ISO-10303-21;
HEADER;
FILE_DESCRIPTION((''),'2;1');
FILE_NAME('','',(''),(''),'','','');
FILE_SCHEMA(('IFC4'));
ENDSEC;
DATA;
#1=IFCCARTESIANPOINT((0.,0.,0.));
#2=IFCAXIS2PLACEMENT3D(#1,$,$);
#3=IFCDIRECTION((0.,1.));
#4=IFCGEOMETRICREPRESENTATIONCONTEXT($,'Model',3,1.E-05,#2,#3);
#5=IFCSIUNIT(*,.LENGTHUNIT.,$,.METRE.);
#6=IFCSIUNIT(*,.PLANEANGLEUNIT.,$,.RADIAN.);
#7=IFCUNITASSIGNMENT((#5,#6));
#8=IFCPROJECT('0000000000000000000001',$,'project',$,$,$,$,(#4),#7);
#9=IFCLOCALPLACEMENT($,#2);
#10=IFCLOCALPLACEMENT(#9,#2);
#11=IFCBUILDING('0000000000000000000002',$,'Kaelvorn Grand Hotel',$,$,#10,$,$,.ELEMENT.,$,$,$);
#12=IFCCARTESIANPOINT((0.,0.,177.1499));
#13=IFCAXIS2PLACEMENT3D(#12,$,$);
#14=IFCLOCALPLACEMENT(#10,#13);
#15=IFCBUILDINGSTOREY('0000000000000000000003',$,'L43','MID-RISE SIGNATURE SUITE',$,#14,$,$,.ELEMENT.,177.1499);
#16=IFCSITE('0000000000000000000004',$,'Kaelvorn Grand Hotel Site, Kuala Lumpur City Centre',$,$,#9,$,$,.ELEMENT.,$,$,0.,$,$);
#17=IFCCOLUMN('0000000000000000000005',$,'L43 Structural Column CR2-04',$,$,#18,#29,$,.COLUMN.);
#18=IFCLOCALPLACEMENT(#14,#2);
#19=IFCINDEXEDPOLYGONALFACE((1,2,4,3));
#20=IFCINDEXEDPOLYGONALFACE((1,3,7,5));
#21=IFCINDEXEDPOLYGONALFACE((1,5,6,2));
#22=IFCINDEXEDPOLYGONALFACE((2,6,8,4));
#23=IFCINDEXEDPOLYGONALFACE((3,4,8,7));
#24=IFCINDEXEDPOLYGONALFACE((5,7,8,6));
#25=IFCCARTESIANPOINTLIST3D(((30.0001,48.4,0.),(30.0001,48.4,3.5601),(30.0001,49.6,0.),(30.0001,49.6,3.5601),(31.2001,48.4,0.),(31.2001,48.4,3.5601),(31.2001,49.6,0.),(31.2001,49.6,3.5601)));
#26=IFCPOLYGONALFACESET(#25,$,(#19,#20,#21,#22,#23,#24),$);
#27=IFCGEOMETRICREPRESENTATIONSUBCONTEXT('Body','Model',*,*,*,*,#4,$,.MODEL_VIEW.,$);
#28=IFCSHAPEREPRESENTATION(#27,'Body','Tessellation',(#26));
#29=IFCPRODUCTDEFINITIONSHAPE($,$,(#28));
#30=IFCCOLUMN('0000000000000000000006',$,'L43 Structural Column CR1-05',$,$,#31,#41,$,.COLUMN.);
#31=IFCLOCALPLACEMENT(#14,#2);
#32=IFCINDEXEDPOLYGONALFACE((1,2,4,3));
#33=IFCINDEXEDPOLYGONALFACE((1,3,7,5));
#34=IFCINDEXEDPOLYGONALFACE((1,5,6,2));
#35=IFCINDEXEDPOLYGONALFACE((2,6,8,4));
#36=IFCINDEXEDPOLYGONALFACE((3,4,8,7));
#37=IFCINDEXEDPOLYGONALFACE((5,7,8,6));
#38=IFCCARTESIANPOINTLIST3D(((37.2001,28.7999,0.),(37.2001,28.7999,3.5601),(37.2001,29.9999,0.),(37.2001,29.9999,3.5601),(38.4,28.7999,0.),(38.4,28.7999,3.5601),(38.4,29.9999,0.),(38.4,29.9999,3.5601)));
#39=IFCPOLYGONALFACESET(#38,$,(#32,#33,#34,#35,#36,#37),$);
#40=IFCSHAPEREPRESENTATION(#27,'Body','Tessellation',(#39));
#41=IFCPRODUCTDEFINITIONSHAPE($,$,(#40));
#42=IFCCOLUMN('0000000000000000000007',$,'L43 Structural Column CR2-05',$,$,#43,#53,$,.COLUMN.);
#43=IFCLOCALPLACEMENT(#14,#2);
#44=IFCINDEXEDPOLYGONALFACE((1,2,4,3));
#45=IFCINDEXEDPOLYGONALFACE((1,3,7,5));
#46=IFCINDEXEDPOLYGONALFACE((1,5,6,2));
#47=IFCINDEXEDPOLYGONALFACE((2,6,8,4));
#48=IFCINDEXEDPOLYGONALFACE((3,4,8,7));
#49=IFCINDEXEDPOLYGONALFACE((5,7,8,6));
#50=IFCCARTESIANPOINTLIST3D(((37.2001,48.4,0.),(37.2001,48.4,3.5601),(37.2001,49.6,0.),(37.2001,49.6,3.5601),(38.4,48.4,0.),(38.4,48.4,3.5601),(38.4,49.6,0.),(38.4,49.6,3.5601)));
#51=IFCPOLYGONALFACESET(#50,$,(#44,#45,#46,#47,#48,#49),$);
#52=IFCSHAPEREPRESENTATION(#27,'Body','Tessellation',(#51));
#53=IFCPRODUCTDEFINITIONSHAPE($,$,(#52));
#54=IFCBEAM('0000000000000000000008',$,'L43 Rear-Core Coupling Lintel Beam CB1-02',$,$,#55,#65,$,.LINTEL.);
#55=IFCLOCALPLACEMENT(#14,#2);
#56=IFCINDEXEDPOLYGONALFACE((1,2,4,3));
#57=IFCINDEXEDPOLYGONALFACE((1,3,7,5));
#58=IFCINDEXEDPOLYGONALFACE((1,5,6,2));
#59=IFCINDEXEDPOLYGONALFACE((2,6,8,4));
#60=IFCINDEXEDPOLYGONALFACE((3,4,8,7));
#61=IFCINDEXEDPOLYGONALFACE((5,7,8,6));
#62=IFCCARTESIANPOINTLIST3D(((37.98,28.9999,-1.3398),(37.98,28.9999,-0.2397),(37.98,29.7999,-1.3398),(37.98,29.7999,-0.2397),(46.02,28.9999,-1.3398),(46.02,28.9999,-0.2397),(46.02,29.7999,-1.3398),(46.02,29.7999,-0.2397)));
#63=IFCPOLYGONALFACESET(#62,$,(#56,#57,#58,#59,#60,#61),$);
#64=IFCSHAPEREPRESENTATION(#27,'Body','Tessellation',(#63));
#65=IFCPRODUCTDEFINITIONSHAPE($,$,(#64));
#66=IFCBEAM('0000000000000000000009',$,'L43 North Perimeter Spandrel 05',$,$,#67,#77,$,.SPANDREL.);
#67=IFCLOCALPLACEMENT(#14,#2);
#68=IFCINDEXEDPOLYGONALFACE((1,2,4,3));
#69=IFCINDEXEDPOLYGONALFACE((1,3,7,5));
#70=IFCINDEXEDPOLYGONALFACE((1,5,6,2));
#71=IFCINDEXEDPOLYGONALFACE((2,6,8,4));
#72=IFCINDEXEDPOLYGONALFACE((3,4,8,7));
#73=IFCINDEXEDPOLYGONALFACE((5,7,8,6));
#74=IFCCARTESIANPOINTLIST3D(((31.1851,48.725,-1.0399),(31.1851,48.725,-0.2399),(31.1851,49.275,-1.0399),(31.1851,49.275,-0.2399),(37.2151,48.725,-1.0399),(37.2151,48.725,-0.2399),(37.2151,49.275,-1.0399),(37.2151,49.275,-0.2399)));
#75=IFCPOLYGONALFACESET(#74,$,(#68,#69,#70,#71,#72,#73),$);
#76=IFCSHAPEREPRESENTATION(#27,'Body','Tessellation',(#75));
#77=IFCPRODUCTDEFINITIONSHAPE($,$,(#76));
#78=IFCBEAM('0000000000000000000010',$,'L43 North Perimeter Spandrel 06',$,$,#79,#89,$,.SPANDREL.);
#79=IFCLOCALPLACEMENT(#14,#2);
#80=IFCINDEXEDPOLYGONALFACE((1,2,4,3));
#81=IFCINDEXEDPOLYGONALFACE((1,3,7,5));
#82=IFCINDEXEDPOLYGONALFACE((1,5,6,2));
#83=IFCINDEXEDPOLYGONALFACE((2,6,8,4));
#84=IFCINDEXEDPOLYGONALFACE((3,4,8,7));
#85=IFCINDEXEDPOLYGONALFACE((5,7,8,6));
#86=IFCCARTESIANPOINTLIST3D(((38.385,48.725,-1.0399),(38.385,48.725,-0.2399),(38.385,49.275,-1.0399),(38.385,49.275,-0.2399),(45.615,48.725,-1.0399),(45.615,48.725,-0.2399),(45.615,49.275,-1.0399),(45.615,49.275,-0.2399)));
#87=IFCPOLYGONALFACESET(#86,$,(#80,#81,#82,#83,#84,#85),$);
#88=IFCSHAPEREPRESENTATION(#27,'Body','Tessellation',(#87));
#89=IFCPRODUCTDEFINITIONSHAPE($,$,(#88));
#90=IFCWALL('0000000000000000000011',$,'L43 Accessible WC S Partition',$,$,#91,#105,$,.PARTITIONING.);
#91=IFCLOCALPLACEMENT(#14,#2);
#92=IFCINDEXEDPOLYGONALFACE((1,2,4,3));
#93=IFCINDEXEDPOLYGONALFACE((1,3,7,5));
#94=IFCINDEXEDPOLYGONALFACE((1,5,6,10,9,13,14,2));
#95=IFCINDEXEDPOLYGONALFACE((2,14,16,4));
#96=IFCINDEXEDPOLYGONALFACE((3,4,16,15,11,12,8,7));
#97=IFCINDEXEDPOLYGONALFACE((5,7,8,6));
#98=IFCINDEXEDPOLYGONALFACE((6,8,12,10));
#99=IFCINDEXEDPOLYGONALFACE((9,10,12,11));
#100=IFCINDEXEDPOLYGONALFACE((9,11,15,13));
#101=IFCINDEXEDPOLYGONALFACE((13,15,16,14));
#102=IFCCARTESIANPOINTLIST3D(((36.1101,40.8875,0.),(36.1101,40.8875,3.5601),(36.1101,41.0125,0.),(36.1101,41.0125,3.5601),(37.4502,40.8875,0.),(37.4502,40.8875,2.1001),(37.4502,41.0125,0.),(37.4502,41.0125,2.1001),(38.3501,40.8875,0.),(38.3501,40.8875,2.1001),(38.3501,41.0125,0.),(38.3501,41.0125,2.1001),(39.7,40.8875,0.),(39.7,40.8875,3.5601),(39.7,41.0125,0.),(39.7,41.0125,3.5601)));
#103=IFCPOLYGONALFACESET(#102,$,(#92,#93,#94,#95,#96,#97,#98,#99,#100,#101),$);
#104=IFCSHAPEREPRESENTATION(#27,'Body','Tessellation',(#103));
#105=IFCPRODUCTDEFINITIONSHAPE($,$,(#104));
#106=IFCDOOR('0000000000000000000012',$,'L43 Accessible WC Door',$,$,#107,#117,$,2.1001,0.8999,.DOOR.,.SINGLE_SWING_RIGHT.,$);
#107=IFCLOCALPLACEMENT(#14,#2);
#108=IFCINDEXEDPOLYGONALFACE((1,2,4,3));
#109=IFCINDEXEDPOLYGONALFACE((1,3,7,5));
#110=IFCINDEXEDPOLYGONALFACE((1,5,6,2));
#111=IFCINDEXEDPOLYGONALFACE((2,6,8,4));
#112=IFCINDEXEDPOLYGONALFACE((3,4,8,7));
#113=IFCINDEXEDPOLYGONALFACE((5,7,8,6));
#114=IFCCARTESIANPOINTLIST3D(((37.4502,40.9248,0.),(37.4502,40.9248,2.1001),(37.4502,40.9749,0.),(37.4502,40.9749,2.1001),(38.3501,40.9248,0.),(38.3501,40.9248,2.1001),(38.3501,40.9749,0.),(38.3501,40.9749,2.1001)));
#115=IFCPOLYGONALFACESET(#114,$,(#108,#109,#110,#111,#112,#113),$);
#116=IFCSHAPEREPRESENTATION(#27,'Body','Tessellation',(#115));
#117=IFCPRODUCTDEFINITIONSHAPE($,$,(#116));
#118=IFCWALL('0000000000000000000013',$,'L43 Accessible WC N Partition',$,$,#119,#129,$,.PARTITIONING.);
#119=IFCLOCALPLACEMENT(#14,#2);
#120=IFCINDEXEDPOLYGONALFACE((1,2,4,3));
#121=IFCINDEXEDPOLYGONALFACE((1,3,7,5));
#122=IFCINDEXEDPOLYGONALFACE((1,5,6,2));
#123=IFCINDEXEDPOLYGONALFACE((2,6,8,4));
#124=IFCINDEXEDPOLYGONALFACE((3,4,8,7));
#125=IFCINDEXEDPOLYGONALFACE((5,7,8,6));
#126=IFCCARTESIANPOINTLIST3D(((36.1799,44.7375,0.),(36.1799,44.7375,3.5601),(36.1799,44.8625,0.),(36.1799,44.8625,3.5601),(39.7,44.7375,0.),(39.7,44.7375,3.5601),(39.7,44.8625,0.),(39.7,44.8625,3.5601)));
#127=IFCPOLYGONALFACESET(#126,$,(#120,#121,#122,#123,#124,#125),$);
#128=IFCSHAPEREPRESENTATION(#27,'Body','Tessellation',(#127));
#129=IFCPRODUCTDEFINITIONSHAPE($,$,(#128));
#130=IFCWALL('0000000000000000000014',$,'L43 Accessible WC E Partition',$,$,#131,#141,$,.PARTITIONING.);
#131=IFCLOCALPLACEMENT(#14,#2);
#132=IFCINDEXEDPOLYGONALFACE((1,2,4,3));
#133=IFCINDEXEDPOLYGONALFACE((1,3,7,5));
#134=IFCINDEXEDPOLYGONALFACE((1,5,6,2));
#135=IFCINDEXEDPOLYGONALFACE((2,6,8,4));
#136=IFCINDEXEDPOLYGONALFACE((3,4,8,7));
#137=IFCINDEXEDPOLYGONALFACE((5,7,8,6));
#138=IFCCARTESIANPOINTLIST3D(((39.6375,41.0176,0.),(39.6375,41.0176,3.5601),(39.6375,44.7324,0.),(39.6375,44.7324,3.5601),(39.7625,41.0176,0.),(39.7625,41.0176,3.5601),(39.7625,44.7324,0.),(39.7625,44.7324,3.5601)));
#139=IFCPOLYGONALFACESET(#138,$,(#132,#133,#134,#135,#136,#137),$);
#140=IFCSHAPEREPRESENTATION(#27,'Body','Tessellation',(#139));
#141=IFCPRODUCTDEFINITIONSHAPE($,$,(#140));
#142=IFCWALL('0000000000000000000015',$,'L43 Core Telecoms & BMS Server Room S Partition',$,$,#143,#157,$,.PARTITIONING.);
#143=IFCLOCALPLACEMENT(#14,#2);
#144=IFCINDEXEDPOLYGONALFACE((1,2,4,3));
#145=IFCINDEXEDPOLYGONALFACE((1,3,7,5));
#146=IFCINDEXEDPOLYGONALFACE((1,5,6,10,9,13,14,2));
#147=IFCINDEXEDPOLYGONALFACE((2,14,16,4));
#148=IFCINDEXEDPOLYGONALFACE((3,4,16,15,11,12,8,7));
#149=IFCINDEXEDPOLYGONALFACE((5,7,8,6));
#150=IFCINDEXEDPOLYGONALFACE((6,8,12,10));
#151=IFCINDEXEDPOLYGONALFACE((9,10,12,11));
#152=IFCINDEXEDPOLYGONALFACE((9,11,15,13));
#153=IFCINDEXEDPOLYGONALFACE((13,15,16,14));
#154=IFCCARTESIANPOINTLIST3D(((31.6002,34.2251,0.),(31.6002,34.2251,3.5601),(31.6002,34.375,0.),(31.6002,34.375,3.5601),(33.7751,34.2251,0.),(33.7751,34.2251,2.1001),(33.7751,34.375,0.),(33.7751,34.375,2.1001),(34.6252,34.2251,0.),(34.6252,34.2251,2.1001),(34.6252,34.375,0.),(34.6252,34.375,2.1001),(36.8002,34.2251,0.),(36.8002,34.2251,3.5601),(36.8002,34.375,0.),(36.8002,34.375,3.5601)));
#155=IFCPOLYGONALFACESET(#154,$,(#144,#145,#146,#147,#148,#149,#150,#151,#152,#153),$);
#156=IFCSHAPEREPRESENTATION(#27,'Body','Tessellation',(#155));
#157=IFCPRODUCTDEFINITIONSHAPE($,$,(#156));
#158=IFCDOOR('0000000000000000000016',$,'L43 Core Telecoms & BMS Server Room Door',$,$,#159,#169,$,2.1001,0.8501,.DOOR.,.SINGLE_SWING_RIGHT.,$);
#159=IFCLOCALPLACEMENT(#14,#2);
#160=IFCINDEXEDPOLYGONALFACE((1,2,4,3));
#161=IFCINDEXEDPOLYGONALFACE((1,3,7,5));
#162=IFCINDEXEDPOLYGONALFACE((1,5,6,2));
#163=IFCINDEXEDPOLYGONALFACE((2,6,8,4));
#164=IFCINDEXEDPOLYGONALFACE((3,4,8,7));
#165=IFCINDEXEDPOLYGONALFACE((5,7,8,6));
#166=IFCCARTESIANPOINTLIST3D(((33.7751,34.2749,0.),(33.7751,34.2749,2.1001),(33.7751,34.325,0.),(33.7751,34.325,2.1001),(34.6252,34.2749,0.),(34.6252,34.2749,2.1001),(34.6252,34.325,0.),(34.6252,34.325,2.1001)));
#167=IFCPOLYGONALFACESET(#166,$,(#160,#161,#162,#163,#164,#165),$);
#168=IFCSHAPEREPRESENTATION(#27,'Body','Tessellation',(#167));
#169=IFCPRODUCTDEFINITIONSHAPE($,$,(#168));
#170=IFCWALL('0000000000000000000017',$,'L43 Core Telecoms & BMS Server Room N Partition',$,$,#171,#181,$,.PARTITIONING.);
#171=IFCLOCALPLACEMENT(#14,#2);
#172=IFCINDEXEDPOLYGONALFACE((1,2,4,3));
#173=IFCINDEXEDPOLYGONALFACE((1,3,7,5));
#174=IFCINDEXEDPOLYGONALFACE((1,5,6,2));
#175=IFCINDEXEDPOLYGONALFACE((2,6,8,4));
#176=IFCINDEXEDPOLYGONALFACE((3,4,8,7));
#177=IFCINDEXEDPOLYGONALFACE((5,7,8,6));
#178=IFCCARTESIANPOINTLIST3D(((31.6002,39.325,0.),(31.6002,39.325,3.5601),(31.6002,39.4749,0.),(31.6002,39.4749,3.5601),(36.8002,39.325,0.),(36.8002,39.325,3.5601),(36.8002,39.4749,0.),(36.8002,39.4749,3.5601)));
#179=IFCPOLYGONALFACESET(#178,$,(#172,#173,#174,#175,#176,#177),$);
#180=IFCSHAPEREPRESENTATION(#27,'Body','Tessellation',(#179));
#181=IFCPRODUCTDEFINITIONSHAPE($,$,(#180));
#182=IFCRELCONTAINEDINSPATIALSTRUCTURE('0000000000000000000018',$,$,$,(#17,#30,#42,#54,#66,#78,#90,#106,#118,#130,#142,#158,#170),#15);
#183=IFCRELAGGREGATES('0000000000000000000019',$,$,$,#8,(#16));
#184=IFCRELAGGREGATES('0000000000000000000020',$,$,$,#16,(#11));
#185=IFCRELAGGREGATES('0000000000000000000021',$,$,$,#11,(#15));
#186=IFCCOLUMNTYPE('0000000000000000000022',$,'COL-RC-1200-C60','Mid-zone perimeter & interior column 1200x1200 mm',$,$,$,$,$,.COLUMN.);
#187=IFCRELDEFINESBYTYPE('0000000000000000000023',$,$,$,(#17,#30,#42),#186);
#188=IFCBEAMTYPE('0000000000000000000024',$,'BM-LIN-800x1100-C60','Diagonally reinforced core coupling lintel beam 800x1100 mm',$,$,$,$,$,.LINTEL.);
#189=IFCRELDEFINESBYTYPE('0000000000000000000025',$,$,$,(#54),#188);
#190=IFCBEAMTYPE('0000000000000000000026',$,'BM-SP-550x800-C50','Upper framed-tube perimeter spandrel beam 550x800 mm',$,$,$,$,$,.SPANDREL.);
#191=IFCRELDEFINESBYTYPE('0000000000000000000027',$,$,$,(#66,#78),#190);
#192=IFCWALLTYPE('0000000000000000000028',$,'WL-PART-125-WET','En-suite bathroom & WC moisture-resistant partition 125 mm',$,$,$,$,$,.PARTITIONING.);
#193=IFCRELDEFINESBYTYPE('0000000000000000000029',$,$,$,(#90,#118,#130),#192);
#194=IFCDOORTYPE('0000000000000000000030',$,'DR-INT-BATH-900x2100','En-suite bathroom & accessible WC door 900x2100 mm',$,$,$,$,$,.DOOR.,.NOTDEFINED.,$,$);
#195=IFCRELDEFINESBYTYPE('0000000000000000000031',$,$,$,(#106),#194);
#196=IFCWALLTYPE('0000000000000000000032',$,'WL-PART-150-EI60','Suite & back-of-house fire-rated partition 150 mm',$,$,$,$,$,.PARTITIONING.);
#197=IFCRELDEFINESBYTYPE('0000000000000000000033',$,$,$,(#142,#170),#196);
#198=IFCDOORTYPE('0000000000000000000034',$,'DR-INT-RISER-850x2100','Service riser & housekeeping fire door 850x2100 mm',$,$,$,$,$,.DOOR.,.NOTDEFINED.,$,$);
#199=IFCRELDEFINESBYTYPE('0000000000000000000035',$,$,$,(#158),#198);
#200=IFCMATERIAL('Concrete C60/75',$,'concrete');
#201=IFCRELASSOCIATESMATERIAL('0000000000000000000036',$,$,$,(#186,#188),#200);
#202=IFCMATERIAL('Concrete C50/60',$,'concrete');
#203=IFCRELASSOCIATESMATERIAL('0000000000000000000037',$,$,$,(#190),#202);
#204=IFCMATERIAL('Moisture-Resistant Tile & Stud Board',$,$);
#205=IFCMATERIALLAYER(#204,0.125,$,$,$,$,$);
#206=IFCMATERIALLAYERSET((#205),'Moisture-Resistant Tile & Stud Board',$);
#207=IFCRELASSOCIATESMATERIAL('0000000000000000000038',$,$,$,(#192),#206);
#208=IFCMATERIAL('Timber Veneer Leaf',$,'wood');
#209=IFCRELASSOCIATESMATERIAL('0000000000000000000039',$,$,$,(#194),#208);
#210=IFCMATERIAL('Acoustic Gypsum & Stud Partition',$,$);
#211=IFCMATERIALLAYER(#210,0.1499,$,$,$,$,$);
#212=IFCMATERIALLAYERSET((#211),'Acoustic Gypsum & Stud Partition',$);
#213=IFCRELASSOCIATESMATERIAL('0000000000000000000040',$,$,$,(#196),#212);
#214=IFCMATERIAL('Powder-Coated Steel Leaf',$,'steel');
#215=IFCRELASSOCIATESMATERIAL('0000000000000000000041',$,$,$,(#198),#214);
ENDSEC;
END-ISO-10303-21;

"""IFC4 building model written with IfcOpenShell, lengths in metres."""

from ifc_helpers import new_model, si_unit, direction, frame, frame_2d, origin, origin_2d, place, context, subcontext, project, spatial, rectangle, extrude, material, layer, layer_set, material_profile, profile_set, type_object, element, fill, save


model = new_model("IFC4")

# Units and contexts
model_context = context("Model", 3, precision=1e-05, world=origin(), true_north=direction((0.0, 1.0)))
body_context = subcontext(model_context, "Body", "Model", "MODEL_VIEW")
ifc_project = project(units=[si_unit("LENGTHUNIT", "METRE"), si_unit("PLANEANGLEUNIT", "RADIAN")], contexts=[model_context])

# Site, building, storey
site_placement = place(None, origin())
site = spatial("IfcSite", under=ifc_project, at=site_placement, Name="Kaelvorn Grand Hotel Site, Kuala Lumpur City Centre", CompositionType="ELEMENT", RefElevation=0.0)
building_placement = place(site_placement, origin())
building = spatial("IfcBuilding", under=site, at=building_placement, Name="Kaelvorn Grand Hotel", CompositionType="ELEMENT")
storey_placement = place(building_placement, frame((0.0, 0.0, 177.1499)))
storey = spatial("IfcBuildingStorey", under=building, at=storey_placement, Name="L43", Description="MID-RISE SIGNATURE SUITE", CompositionType="ELEMENT", Elevation=177.1499)

# Columns
ifc_material_1 = material(Name="Concrete C60/75", Category="concrete")
ifc_material_profile_1 = material_profile(ifc_material_1, rectangle(XDim=1.2, YDim=1.2, at=origin_2d()), Name="RC COL 1200x1200")
ifc_profile_set_1 = profile_set([ifc_material_profile_1], Name="Concrete C60/75")
column_type = type_object("IfcColumnType", Name="COL-RC-1200-C60", Description="Mid-zone perimeter & interior column 1200x1200 mm", PredefinedType="COLUMN", material=ifc_profile_set_1)
for number, where, z_axis, x_axis, name in (
    (1, (30.6001, 49.0, 0.0), (0.0, 0.0, 1.0), (1.0, 0.0, 0.0), "L43 Structural Column CR2-04"),
    (2, (37.8, 29.3999, 0.0), (0.0, 0.0, 1.0), (1.0, 0.0, 0.0), "L43 Structural Column CR1-05"),
    (3, (37.8, 49.0, 0.0), (0.0, 0.0, 1.0), (1.0, 0.0, 0.0), "L43 Structural Column CR2-05"),
):
    element("IfcColumn", number, at=place(storey_placement, frame(where, z_axis=z_axis, x_axis=x_axis)), inside=storey, type_object=column_type, Name=name, PredefinedType="COLUMN", context=body_context, shape_type="SweptSolid", body=[
        extrude(rectangle(XDim=1.2, YDim=1.2, at=origin_2d()), origin(), (0.0, 0.0, 1.0), 3.5601),
    ])

# Beams
ifc_material_profile_2 = material_profile(ifc_material_1, rectangle(XDim=0.8, YDim=1.1001, at=origin_2d()), Name="RC LINTEL 800x1100")
ifc_profile_set_2 = profile_set([ifc_material_profile_2], Name="Concrete C60/75")
beam_type_1 = type_object("IfcBeamType", Name="BM-LIN-800x1100-C60", Description="Diagonally reinforced core coupling lintel beam 800x1100 mm", PredefinedType="LINTEL", material=ifc_profile_set_2)
beam_1_placement = place(storey_placement, frame((37.98, 29.3999, -0.7898), z_axis=(1.0, 0.0, 0.0), x_axis=(0.0, 1.0, 0.0)))
element("IfcBeam", 4, at=beam_1_placement, inside=storey, type_object=beam_type_1, Name="L43 Rear-Core Coupling Lintel Beam CB1-02", PredefinedType="LINTEL", context=body_context, shape_type="SweptSolid", body=[
    extrude(rectangle(XDim=0.8, YDim=1.1001, at=origin_2d()), origin(), (0.0, 0.0, 1.0), 8.04),
])
ifc_material_2 = material(Name="Concrete C50/60", Category="concrete")
ifc_material_profile_3 = material_profile(ifc_material_2, rectangle(XDim=0.55, YDim=0.8, at=origin_2d()), Name="RC SPANDREL 550x800")
ifc_profile_set_3 = profile_set([ifc_material_profile_3], Name="Concrete C50/60")
beam_type_2 = type_object("IfcBeamType", Name="BM-SP-550x800-C50", Description="Upper framed-tube perimeter spandrel beam 550x800 mm", PredefinedType="SPANDREL", material=ifc_profile_set_3)
beam_2_placement = place(storey_placement, frame((31.1851, 49.0, -0.6399), z_axis=(1.0, 0.0, 0.0), x_axis=(0.0, 1.0, 0.0)))
element("IfcBeam", 5, at=beam_2_placement, inside=storey, type_object=beam_type_2, Name="L43 North Perimeter Spandrel 05", PredefinedType="SPANDREL", context=body_context, shape_type="SweptSolid", body=[
    extrude(rectangle(XDim=0.55, YDim=0.8, at=origin_2d()), origin(), (0.0, 0.0, 1.0), 6.03),
])
beam_3_placement = place(storey_placement, frame((38.385, 49.0, -0.6399), z_axis=(1.0, 0.0, 0.0), x_axis=(0.0, 1.0, 0.0)))
element("IfcBeam", 6, at=beam_3_placement, inside=storey, type_object=beam_type_2, Name="L43 North Perimeter Spandrel 06", PredefinedType="SPANDREL", context=body_context, shape_type="SweptSolid", body=[
    extrude(rectangle(XDim=0.55, YDim=0.8, at=origin_2d()), origin(), (0.0, 0.0, 1.0), 7.23),
])

# Wall, opening, door
ifc_material_3 = material(Name="Moisture-Resistant Tile & Stud Board")
ifc_layer_1 = layer(ifc_material_3, 0.125)
ifc_layer_set_1 = layer_set([ifc_layer_1], Name="Moisture-Resistant Tile & Stud Board")
wall_type_1 = type_object("IfcWallType", Name="WL-PART-125-WET", Description="En-suite bathroom & WC moisture-resistant partition 125 mm", PredefinedType="PARTITIONING", material=ifc_layer_set_1)
wall_1_placement = place(storey_placement, frame((36.1101, 40.95, 0.0), z_axis=(0.0, 0.0, 1.0), x_axis=(1.0, 0.0, 0.0)))
wall_1 = element("IfcWall", 7, at=wall_1_placement, inside=storey, type_object=wall_type_1, Name="L43 Accessible WC S Partition", PredefinedType="PARTITIONING", context=body_context, shape_type="SweptSolid", body=[
    extrude(rectangle(XDim=3.5898, YDim=0.125, at=frame_2d((1.7949, 0.0))), origin(), (0.0, 0.0, 1.0), 3.5601),
])
opening_1_placement = place(wall_1_placement, frame((1.3401, 0.0, 0.0)))
opening_1 = element("IfcOpeningElement", 8, at=opening_1_placement, cuts=wall_1, PredefinedType="OPENING", context=body_context, shape_type="SweptSolid", body=[
    extrude(rectangle(XDim=0.8999, YDim=2.1001, at=frame_2d((0.45, 1.05))), frame((0.0, 0.0725, 0.0), z_axis=(0.0, -1.0, 0.0), x_axis=(1.0, 0.0, 0.0)), (0.0, 0.0, 1.0), 0.145),
])
ifc_material_4 = material(Name="Timber Veneer Leaf", Category="wood")
door_type_1 = type_object("IfcDoorType", Name="DR-INT-BATH-900x2100", Description="En-suite bathroom & accessible WC door 900x2100 mm", OperationType="NOTDEFINED", PredefinedType="DOOR", material=ifc_material_4)
door_1_placement = place(opening_1_placement, origin())
door_1 = element("IfcDoor", 9, at=door_1_placement, inside=storey, type_object=door_type_1, Name="L43 Accessible WC Door", OperationType="SINGLE_SWING_RIGHT", OverallHeight=2.1001, OverallWidth=0.8999, PredefinedType="DOOR", context=body_context, shape_type="SweptSolid", body=[
    extrude(rectangle(XDim=0.8999, YDim=2.1001, at=frame_2d((0.45, 1.05))), frame((0.0, 0.0249, 0.0), z_axis=(0.0, -1.0, 0.0), x_axis=(1.0, 0.0, 0.0)), (0.0, 0.0, 1.0), 0.05),
])
fill(opening_1, door_1)

# Walls
wall_2_placement = place(storey_placement, frame((36.1799, 44.8, 0.0), z_axis=(0.0, 0.0, 1.0), x_axis=(1.0, 0.0, 0.0)))
element("IfcWall", 10, at=wall_2_placement, inside=storey, type_object=wall_type_1, Name="L43 Accessible WC N Partition", PredefinedType="PARTITIONING", context=body_context, shape_type="SweptSolid", body=[
    extrude(rectangle(XDim=3.52, YDim=0.125, at=frame_2d((1.76, 0.0))), origin(), (0.0, 0.0, 1.0), 3.5601),
])
wall_3_placement = place(storey_placement, frame((39.7, 41.0176, 0.0), z_axis=(0.0, 0.0, 1.0), x_axis=(0.0, 1.0, 0.0)))
element("IfcWall", 11, at=wall_3_placement, inside=storey, type_object=wall_type_1, Name="L43 Accessible WC E Partition", PredefinedType="PARTITIONING", context=body_context, shape_type="SweptSolid", body=[
    extrude(rectangle(XDim=3.7148, YDim=0.125, at=frame_2d((1.8574, 0.0))), origin(), (0.0, 0.0, 1.0), 3.5601),
])

# Wall, opening, door
ifc_material_5 = material(Name="Acoustic Gypsum & Stud Partition")
ifc_layer_2 = layer(ifc_material_5, 0.1499)
ifc_layer_set_2 = layer_set([ifc_layer_2], Name="Acoustic Gypsum & Stud Partition")
wall_type_2 = type_object("IfcWallType", Name="WL-PART-150-EI60", Description="Suite & back-of-house fire-rated partition 150 mm", PredefinedType="PARTITIONING", material=ifc_layer_set_2)
wall_4_placement = place(storey_placement, frame((31.6001, 34.3, 0.0), z_axis=(0.0, 0.0, 1.0), x_axis=(1.0, 0.0, 0.0)))
wall_4 = element("IfcWall", 12, at=wall_4_placement, inside=storey, type_object=wall_type_2, Name="L43 Core Telecoms & BMS Server Room S Partition", PredefinedType="PARTITIONING", context=body_context, shape_type="SweptSolid", body=[
    extrude(rectangle(XDim=5.2, YDim=0.1499, at=frame_2d((2.6001, 0.0))), origin(), (0.0, 0.0, 1.0), 3.5601),
])
opening_2_placement = place(wall_4_placement, frame((2.175, 0.0, 0.0)))
opening_2 = element("IfcOpeningElement", 13, at=opening_2_placement, cuts=wall_4, PredefinedType="OPENING", context=body_context, shape_type="SweptSolid", body=[
    extrude(rectangle(XDim=0.8501, YDim=2.1001, at=frame_2d((0.425, 1.05))), frame((0.0, 0.085, 0.0), z_axis=(0.0, -1.0, 0.0), x_axis=(1.0, 0.0, 0.0)), (0.0, 0.0, 1.0), 0.1699),
])
ifc_material_6 = material(Name="Powder-Coated Steel Leaf", Category="steel")
door_type_2 = type_object("IfcDoorType", Name="DR-INT-RISER-850x2100", Description="Service riser & housekeeping fire door 850x2100 mm", OperationType="NOTDEFINED", PredefinedType="DOOR", material=ifc_material_6)
door_2_placement = place(opening_2_placement, origin())
door_2 = element("IfcDoor", 14, at=door_2_placement, inside=storey, type_object=door_type_2, Name="L43 Core Telecoms & BMS Server Room Door", OperationType="SINGLE_SWING_RIGHT", OverallHeight=2.1001, OverallWidth=0.8501, PredefinedType="DOOR", context=body_context, shape_type="SweptSolid", body=[
    extrude(rectangle(XDim=0.8501, YDim=2.1001, at=frame_2d((0.425, 1.05))), frame((0.0, 0.0249, 0.0), z_axis=(0.0, -1.0, 0.0), x_axis=(1.0, 0.0, 0.0)), (0.0, 0.0, 1.0), 0.05),
])
fill(opening_2, door_2)

# Wall
wall_5_placement = place(storey_placement, frame((31.6001, 39.3999, 0.0), z_axis=(0.0, 0.0, 1.0), x_axis=(1.0, 0.0, 0.0)))
element("IfcWall", 15, at=wall_5_placement, inside=storey, type_object=wall_type_2, Name="L43 Core Telecoms & BMS Server Room N Partition", PredefinedType="PARTITIONING", context=body_context, shape_type="SweptSolid", body=[
    extrude(rectangle(XDim=5.2, YDim=0.1499, at=frame_2d((2.6001, 0.0))), origin(), (0.0, 0.0, 1.0), 3.5601),
])

save(model, "model.ifc")
